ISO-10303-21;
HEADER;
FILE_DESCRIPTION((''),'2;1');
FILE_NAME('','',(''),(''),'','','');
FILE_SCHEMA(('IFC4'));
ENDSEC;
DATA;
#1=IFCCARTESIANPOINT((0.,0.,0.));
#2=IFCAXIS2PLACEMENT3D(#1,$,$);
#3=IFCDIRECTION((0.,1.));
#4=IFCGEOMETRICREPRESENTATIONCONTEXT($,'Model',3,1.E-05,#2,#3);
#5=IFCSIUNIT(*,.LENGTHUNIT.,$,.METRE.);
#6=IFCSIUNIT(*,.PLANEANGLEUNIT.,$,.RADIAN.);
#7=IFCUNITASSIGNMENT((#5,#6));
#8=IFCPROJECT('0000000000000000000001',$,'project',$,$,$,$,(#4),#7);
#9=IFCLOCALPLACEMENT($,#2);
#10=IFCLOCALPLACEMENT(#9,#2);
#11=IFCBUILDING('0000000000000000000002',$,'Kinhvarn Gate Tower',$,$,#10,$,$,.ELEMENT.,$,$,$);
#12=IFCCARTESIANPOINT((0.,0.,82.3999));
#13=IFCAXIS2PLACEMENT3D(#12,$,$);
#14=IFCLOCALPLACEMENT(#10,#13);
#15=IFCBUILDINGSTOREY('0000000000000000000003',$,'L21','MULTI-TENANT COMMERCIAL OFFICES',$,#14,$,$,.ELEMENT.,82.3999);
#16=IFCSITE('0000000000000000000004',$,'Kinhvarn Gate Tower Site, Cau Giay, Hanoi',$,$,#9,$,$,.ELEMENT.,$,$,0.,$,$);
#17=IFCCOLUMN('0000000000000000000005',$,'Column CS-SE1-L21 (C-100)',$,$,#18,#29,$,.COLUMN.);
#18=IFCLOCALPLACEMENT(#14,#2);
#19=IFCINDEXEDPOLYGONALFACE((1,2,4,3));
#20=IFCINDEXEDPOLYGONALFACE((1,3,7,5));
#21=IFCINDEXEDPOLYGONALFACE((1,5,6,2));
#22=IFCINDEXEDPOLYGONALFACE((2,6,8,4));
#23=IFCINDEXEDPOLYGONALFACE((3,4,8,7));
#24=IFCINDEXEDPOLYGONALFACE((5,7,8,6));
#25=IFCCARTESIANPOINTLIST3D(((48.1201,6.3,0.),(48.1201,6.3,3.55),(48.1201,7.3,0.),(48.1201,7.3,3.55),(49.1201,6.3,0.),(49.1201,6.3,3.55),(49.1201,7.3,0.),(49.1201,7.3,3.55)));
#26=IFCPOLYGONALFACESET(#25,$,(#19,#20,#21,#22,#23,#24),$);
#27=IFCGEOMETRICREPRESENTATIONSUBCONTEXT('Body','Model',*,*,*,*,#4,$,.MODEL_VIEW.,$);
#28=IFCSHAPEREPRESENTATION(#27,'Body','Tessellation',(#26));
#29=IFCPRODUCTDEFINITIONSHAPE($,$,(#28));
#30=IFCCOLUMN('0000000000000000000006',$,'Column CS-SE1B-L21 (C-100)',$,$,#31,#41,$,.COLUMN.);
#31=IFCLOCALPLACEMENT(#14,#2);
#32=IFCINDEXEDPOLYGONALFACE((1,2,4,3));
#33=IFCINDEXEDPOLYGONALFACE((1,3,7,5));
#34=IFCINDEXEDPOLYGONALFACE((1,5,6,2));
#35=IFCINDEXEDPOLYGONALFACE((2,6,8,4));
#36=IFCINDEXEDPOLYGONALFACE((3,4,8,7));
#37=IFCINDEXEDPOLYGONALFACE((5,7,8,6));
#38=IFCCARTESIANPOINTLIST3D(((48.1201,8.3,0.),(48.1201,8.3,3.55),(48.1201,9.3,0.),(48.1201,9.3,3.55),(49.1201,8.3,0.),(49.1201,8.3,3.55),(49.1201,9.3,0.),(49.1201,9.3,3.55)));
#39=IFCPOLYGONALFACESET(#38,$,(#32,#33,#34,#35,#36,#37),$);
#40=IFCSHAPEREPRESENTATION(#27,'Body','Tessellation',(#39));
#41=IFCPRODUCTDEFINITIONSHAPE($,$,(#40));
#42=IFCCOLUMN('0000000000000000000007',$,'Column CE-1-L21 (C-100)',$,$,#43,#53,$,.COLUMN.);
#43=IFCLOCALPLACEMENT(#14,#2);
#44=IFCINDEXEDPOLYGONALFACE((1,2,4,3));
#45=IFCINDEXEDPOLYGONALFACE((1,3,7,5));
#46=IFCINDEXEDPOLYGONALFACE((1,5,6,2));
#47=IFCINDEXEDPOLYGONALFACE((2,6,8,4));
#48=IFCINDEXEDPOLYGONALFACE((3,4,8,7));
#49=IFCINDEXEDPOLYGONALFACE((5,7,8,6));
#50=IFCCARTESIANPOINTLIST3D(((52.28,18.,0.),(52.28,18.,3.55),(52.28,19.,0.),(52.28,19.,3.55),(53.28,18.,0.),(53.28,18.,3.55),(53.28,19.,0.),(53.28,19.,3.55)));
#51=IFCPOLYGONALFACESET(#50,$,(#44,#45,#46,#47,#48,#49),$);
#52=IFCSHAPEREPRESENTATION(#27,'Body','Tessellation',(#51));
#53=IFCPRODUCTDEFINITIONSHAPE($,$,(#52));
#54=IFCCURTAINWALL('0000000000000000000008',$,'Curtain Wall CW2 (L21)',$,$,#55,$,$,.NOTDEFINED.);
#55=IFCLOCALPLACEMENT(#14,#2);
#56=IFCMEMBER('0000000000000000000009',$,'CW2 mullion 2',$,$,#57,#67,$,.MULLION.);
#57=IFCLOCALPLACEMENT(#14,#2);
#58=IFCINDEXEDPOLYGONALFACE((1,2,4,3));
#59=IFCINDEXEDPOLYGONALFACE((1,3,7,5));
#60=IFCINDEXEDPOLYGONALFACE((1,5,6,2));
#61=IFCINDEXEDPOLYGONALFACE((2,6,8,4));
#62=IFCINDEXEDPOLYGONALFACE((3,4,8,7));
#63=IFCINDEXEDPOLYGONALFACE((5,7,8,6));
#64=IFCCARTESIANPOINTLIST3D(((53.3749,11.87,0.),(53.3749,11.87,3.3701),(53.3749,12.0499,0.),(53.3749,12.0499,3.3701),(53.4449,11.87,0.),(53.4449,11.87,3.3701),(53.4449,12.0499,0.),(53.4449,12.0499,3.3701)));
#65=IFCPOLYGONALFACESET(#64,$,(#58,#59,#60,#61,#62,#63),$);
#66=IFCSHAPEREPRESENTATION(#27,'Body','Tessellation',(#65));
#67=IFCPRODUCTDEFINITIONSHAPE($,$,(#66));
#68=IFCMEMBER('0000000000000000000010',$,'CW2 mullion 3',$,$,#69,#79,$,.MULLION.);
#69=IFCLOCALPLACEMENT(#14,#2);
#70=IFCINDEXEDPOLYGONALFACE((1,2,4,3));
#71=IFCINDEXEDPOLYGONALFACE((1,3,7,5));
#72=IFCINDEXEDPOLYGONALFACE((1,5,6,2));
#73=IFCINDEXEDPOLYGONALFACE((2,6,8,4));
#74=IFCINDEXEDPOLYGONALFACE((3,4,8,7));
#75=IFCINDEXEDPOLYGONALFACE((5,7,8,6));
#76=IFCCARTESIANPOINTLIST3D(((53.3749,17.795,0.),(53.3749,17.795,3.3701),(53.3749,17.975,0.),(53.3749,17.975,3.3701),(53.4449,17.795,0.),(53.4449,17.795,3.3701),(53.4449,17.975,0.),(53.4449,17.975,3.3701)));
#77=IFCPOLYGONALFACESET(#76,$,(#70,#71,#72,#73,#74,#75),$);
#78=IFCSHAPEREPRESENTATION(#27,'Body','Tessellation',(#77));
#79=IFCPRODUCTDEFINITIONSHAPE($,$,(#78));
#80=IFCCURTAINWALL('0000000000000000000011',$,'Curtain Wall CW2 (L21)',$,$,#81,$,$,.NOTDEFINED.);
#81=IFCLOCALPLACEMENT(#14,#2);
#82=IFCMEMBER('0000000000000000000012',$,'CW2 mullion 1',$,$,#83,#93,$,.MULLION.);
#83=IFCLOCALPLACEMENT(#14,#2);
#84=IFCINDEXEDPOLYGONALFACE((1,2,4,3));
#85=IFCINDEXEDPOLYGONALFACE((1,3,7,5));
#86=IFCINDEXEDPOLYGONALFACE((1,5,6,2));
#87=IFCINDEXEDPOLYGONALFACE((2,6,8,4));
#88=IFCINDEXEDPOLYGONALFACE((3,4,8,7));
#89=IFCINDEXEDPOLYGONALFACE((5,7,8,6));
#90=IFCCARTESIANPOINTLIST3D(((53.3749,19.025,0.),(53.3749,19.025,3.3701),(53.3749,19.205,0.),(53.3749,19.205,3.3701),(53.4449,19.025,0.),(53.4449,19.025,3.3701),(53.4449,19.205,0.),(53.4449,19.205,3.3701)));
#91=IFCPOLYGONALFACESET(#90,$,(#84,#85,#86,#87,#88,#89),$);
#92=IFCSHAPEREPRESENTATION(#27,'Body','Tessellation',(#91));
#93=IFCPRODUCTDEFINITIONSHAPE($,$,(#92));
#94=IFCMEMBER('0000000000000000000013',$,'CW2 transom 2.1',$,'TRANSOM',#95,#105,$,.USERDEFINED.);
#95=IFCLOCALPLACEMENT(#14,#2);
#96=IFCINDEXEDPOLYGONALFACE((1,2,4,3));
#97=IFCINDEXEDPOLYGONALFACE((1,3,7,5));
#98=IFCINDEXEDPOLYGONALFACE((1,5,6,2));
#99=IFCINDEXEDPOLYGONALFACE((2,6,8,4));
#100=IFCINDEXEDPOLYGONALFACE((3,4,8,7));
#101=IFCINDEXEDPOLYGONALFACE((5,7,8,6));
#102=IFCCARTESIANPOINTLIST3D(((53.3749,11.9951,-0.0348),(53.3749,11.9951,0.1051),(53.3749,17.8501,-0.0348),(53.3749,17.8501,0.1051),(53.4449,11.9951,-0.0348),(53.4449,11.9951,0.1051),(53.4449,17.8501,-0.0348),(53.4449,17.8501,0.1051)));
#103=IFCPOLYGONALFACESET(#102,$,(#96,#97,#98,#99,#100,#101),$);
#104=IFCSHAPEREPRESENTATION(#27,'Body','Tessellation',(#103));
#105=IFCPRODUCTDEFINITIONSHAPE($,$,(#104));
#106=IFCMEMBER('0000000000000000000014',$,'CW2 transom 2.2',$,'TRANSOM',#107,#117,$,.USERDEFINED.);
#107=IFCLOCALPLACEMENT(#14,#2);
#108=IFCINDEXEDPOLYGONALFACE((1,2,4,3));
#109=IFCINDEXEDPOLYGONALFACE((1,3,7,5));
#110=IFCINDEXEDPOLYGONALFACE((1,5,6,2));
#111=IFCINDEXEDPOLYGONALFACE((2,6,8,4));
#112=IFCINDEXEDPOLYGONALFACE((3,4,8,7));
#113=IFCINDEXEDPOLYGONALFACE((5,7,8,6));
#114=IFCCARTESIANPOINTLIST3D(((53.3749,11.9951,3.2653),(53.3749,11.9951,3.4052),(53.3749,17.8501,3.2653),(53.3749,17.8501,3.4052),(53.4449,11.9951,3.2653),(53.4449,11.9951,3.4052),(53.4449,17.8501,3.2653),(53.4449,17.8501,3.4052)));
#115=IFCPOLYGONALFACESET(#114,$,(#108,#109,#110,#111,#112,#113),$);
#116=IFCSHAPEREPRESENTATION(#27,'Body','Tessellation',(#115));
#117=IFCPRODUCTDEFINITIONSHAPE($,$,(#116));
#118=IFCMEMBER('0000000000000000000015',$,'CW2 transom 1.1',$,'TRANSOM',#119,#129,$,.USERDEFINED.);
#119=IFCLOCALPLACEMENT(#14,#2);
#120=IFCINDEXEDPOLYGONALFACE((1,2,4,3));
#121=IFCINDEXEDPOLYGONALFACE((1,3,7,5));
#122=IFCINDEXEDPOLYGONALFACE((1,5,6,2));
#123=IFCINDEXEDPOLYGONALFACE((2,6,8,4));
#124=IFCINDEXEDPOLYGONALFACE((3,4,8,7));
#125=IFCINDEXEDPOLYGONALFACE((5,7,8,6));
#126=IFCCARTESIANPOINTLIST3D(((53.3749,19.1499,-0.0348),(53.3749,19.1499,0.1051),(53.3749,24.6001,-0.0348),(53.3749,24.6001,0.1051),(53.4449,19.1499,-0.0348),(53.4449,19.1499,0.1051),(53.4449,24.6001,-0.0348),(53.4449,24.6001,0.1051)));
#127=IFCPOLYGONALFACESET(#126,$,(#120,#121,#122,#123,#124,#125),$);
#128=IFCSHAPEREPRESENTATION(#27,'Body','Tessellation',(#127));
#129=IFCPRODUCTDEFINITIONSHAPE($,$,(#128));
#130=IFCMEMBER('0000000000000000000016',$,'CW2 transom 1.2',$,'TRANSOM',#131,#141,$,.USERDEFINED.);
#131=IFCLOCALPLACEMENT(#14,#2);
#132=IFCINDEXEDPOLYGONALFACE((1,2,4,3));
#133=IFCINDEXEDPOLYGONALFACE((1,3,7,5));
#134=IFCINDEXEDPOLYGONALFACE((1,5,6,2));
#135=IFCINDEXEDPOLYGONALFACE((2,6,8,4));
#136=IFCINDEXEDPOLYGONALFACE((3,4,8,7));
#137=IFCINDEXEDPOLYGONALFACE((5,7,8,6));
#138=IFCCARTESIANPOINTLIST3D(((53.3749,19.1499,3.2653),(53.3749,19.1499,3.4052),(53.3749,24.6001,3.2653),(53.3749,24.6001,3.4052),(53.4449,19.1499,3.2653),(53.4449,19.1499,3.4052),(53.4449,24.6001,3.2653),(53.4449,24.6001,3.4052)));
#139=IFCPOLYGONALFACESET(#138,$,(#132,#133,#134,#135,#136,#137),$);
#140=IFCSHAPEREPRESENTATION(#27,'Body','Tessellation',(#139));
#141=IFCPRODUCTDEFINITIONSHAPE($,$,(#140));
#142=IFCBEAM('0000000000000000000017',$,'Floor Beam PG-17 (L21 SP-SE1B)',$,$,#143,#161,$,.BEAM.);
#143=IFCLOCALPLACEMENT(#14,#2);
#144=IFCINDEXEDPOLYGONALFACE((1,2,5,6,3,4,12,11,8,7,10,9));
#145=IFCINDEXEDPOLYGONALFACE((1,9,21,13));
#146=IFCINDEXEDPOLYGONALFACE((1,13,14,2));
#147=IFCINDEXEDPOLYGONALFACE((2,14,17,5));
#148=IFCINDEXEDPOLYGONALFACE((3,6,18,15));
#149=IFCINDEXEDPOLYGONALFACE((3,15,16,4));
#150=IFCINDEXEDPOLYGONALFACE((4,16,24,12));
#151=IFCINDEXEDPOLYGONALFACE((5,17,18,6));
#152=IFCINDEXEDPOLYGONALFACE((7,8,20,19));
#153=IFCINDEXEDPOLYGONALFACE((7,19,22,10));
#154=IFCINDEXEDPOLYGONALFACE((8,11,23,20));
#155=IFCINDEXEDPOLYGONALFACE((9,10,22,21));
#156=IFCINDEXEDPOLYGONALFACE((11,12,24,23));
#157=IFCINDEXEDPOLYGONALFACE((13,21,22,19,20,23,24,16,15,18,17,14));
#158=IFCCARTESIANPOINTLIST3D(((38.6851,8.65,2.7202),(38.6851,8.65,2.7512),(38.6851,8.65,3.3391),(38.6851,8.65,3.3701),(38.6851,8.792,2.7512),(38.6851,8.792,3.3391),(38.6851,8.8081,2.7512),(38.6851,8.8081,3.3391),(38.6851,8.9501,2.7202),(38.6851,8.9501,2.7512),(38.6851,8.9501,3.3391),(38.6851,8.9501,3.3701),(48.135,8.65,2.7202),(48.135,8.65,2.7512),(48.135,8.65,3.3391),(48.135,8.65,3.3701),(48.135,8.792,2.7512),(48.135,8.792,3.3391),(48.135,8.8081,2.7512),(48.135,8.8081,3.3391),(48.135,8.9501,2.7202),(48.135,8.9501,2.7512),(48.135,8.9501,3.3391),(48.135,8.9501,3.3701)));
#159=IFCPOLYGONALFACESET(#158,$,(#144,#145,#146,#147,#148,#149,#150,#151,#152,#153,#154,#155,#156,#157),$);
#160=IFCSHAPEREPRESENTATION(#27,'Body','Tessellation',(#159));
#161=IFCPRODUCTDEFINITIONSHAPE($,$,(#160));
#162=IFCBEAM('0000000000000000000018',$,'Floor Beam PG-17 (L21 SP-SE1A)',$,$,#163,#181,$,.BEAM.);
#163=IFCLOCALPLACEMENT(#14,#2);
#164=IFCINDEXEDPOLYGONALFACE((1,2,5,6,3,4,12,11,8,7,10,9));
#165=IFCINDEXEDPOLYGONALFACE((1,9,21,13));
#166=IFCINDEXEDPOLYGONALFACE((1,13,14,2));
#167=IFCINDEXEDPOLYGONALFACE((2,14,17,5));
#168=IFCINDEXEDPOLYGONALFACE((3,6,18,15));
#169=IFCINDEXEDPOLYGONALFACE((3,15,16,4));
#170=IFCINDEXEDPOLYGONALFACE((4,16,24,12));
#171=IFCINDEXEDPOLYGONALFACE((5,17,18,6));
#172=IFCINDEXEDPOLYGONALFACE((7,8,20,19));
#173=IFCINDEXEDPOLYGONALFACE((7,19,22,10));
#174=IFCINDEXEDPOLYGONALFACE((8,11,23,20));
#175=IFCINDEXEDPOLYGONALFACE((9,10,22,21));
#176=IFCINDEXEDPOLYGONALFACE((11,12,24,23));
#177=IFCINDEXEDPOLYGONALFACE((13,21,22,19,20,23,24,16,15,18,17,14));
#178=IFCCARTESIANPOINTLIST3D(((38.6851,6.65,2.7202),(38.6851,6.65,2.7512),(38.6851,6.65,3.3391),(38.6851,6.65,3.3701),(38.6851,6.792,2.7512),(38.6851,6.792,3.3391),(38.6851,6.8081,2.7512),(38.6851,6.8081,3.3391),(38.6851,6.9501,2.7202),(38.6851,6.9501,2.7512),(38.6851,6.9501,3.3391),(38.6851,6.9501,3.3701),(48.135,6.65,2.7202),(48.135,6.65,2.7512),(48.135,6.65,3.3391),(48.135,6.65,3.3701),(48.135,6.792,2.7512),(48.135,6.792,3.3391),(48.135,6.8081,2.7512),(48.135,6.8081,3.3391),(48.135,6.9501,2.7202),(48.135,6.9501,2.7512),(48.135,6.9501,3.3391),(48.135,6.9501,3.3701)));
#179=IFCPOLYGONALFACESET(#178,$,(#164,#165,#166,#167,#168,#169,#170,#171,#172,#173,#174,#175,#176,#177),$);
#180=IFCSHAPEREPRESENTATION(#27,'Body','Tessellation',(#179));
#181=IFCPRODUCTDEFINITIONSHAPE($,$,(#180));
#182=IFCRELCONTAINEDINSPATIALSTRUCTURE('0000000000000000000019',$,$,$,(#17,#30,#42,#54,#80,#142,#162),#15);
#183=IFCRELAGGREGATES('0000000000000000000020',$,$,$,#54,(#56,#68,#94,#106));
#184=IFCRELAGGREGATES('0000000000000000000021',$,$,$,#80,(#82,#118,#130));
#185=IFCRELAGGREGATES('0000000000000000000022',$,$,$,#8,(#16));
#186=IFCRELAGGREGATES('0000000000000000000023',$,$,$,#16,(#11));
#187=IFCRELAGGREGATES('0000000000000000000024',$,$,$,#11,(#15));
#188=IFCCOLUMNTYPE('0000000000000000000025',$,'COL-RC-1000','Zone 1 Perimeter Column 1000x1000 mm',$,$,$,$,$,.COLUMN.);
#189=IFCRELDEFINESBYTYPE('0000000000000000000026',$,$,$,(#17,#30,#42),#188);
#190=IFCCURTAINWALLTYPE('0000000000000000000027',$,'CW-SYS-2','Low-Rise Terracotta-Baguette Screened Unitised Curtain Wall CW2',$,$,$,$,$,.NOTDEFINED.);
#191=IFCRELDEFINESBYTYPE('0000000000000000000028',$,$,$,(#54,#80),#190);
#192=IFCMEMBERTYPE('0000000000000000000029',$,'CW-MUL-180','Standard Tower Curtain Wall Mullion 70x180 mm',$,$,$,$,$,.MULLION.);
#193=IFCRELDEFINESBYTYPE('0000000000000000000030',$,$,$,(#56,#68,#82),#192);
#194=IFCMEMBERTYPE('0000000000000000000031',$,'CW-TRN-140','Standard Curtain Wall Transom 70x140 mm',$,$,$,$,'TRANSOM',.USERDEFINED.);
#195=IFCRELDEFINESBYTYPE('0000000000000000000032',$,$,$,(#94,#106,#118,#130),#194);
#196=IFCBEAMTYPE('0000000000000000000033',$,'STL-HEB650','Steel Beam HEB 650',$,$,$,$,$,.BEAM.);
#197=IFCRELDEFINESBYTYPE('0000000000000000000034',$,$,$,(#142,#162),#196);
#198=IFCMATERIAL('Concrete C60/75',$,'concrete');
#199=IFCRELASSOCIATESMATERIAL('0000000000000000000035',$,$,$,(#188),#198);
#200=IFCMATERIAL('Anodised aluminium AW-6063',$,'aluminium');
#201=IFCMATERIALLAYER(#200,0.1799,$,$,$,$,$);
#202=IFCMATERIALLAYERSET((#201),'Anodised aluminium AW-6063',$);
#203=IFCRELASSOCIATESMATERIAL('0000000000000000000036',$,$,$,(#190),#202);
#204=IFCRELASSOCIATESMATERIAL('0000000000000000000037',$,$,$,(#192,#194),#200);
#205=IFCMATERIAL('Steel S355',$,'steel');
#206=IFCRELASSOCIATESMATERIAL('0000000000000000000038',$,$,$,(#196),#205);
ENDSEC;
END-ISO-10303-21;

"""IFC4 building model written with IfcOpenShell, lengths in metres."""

from ifc_helpers import new_model, si_unit, direction, frame, origin, origin_2d, place, context, subcontext, project, spatial, rectangle, i_section, extrude, material, layer, layer_set, material_profile, profile_set, type_object, element, aggregate, save


model = new_model("IFC4")

# Units and contexts
model_context = context("Model", 3, precision=1e-05, world=origin(), true_north=direction((0.0, 1.0)))
body_context = subcontext(model_context, "Body", "Model", "MODEL_VIEW")
ifc_project = project(units=[si_unit("LENGTHUNIT", "METRE"), si_unit("PLANEANGLEUNIT", "RADIAN")], contexts=[model_context])

# Site, building, storey
site_placement = place(None, origin())
site = spatial("IfcSite", under=ifc_project, at=site_placement, Name="Kinhvarn Gate Tower Site, Cau Giay, Hanoi", CompositionType="ELEMENT", RefElevation=0.0)
building_placement = place(site_placement, origin())
building = spatial("IfcBuilding", under=site, at=building_placement, Name="Kinhvarn Gate Tower", CompositionType="ELEMENT")
storey_placement = place(building_placement, frame((0.0, 0.0, 82.3999)))
storey = spatial("IfcBuildingStorey", under=building, at=storey_placement, Name="L21", Description="MULTI-TENANT COMMERCIAL OFFICES", CompositionType="ELEMENT", Elevation=82.3999)

# Columns
ifc_material_1 = material(Name="Concrete C60/75", Category="concrete")
ifc_material_profile_1 = material_profile(ifc_material_1, rectangle(XDim=1.0, YDim=1.0, at=origin_2d()), Name="RC 1000x1000")
ifc_profile_set_1 = profile_set([ifc_material_profile_1], Name="Concrete C60/75")
column_type = type_object("IfcColumnType", Name="COL-RC-1000", Description="Zone 1 Perimeter Column 1000x1000 mm", PredefinedType="COLUMN", material=ifc_profile_set_1)
for number, where, z_axis, x_axis, name in (
    (1, (48.6201, 6.8, 0.0), (0.0, 0.0, 1.0), (1.0, 0.0, 0.0), "Column CS-SE1-L21 (C-100)"),
    (2, (48.6201, 8.8, 0.0), (0.0, 0.0, 1.0), (1.0, 0.0, 0.0), "Column CS-SE1B-L21 (C-100)"),
    (3, (52.78, 18.5, 0.0), (0.0, 0.0, 1.0), (1.0, 0.0, 0.0), "Column CE-1-L21 (C-100)"),
):
    element("IfcColumn", number, at=place(storey_placement, frame(where, z_axis=z_axis, x_axis=x_axis)), inside=storey, type_object=column_type, Name=name, PredefinedType="COLUMN", context=body_context, shape_type="SweptSolid", body=[
        extrude(rectangle(XDim=1.0, YDim=1.0, at=origin_2d()), origin(), (0.0, 0.0, 1.0), 3.55),
    ])

# Curtain wall, members
ifc_material_2 = material(Name="Anodised aluminium AW-6063", Category="aluminium")
ifc_layer_1 = layer(ifc_material_2, 0.1799)
ifc_layer_set_1 = layer_set([ifc_layer_1], Name="Anodised aluminium AW-6063")
curtain_wall_type = type_object("IfcCurtainWallType", Name="CW-SYS-2", Description="Low-Rise Terracotta-Baguette Screened Unitised Curtain Wall CW2", PredefinedType="NOTDEFINED", material=ifc_layer_set_1)
curtain_wall_1_placement = place(storey_placement, origin())
curtain_wall_1 = element("IfcCurtainWall", 4, at=curtain_wall_1_placement, inside=storey, type_object=curtain_wall_type, Name="Curtain Wall CW2 (L21)", PredefinedType="NOTDEFINED")
ifc_material_profile_2 = material_profile(ifc_material_2, rectangle(XDim=0.0701, YDim=0.1799, at=origin_2d()), Name="ALU 70x180")
ifc_profile_set_2 = profile_set([ifc_material_profile_2], Name="Anodised aluminium AW-6063")
member_type_1 = type_object("IfcMemberType", Name="CW-MUL-180", Description="Standard Tower Curtain Wall Mullion 70x180 mm", PredefinedType="MULLION", material=ifc_profile_set_2)
member_1_placement = place(storey_placement, frame((53.4099, 11.96, 0.0), z_axis=(0.0, 0.0, 1.0), x_axis=(-1.0, 0.0, 0.0)))
member_1 = element("IfcMember", 5, at=member_1_placement, type_object=member_type_1, Name="CW2 mullion 2", PredefinedType="MULLION", context=body_context, shape_type="SweptSolid", body=[
    extrude(rectangle(XDim=0.0701, YDim=0.1799, at=origin_2d()), origin(), (0.0, 0.0, 1.0), 3.3701),
])
member_2_placement = place(storey_placement, frame((53.4099, 17.885, 0.0), z_axis=(0.0, 0.0, 1.0), x_axis=(-1.0, 0.0, 0.0)))
member_2 = element("IfcMember", 6, at=member_2_placement, type_object=member_type_1, Name="CW2 mullion 3", PredefinedType="MULLION", context=body_context, shape_type="SweptSolid", body=[
    extrude(rectangle(XDim=0.0701, YDim=0.1799, at=origin_2d()), origin(), (0.0, 0.0, 1.0), 3.3701),
])

# Curtain wall, member
curtain_wall_2_placement = place(storey_placement, origin())
curtain_wall_2 = element("IfcCurtainWall", 7, at=curtain_wall_2_placement, inside=storey, type_object=curtain_wall_type, Name="Curtain Wall CW2 (L21)", PredefinedType="NOTDEFINED")
member_3_placement = place(storey_placement, frame((53.4099, 19.115, 0.0), z_axis=(0.0, 0.0, 1.0), x_axis=(-1.0, 0.0, 0.0)))
member_3 = element("IfcMember", 8, at=member_3_placement, type_object=member_type_1, Name="CW2 mullion 1", PredefinedType="MULLION", context=body_context, shape_type="SweptSolid", body=[
    extrude(rectangle(XDim=0.0701, YDim=0.1799, at=origin_2d()), origin(), (0.0, 0.0, 1.0), 3.3701),
])

# Members
ifc_material_profile_3 = material_profile(ifc_material_2, rectangle(XDim=0.0701, YDim=0.1399, at=origin_2d()), Name="ALU 70x140")
ifc_profile_set_3 = profile_set([ifc_material_profile_3], Name="Anodised aluminium AW-6063")
member_type_2 = type_object("IfcMemberType", Name="CW-TRN-140", Description="Standard Curtain Wall Transom 70x140 mm", ElementType="TRANSOM", PredefinedType="USERDEFINED", material=ifc_profile_set_3)
member_4_placement = place(storey_placement, frame((53.4099, 11.9951, 0.0352), z_axis=(0.0, 1.0, 0.0), x_axis=(-1.0, 0.0, 0.0)))
member_4 = element("IfcMember", 9, at=member_4_placement, type_object=member_type_2, Name="CW2 transom 2.1", ObjectType="TRANSOM", PredefinedType="USERDEFINED", context=body_context, shape_type="SweptSolid", body=[
    extrude(rectangle(XDim=0.0701, YDim=0.1399, at=origin_2d()), origin(), (0.0, 0.0, 1.0), 5.855),
])
member_5_placement = place(storey_placement, frame((53.4099, 11.9951, 3.3352), z_axis=(0.0, 1.0, 0.0), x_axis=(-1.0, 0.0, 0.0)))
member_5 = element("IfcMember", 10, at=member_5_placement, type_object=member_type_2, Name="CW2 transom 2.2", ObjectType="TRANSOM", PredefinedType="USERDEFINED", context=body_context, shape_type="SweptSolid", body=[
    extrude(rectangle(XDim=0.0701, YDim=0.1399, at=origin_2d()), origin(), (0.0, 0.0, 1.0), 5.855),
])
member_6_placement = place(storey_placement, frame((53.4099, 19.1499, 0.0352), z_axis=(0.0, 1.0, 0.0), x_axis=(-1.0, 0.0, 0.0)))
member_6 = element("IfcMember", 11, at=member_6_placement, type_object=member_type_2, Name="CW2 transom 1.1", ObjectType="TRANSOM", PredefinedType="USERDEFINED", context=body_context, shape_type="SweptSolid", body=[
    extrude(rectangle(XDim=0.0701, YDim=0.1399, at=origin_2d()), origin(), (0.0, 0.0, 1.0), 5.4502),
])
member_7_placement = place(storey_placement, frame((53.4099, 19.1499, 3.3352), z_axis=(0.0, 1.0, 0.0), x_axis=(-1.0, 0.0, 0.0)))
member_7 = element("IfcMember", 12, at=member_7_placement, type_object=member_type_2, Name="CW2 transom 1.2", ObjectType="TRANSOM", PredefinedType="USERDEFINED", context=body_context, shape_type="SweptSolid", body=[
    extrude(rectangle(XDim=0.0701, YDim=0.1399, at=origin_2d()), origin(), (0.0, 0.0, 1.0), 5.4502),
])

# Beams
ifc_material_3 = material(Name="Steel S355", Category="steel")
ifc_material_profile_4 = material_profile(ifc_material_3, i_section(OverallWidth=0.3, OverallDepth=0.6499, WebThickness=0.0161, FlangeThickness=0.031, at=origin_2d()), Name="HEB 650")
ifc_profile_set_4 = profile_set([ifc_material_profile_4], Name="Steel S355")
beam_type_1 = type_object("IfcBeamType", Name="STL-HEB650", Description="Steel Beam HEB 650", PredefinedType="BEAM", material=ifc_profile_set_4)
for number, where, z_axis, x_axis, name in (
    (13, (38.6851, 8.8, 3.0452), (1.0, 0.0, 0.0), (0.0, 1.0, 0.0), "Floor Beam PG-17 (L21 SP-SE1B)"),
    (14, (38.6851, 6.8, 3.0452), (1.0, 0.0, 0.0), (0.0, 1.0, 0.0), "Floor Beam PG-17 (L21 SP-SE1A)"),
):
    element("IfcBeam", number, at=place(storey_placement, frame(where, z_axis=z_axis, x_axis=x_axis)), inside=storey, type_object=beam_type_1, Name=name, PredefinedType="BEAM", context=body_context, shape_type="SweptSolid", body=[
        extrude(i_section(OverallWidth=0.3, OverallDepth=0.6499, WebThickness=0.0161, FlangeThickness=0.031, at=origin_2d()), origin(), (0.0, 0.0, 1.0), 9.45),
    ])

aggregate(curtain_wall_1, [member_1, member_2, member_4, member_5])
aggregate(curtain_wall_2, [member_3, member_6, member_7])

save(model, "model.ifc")
